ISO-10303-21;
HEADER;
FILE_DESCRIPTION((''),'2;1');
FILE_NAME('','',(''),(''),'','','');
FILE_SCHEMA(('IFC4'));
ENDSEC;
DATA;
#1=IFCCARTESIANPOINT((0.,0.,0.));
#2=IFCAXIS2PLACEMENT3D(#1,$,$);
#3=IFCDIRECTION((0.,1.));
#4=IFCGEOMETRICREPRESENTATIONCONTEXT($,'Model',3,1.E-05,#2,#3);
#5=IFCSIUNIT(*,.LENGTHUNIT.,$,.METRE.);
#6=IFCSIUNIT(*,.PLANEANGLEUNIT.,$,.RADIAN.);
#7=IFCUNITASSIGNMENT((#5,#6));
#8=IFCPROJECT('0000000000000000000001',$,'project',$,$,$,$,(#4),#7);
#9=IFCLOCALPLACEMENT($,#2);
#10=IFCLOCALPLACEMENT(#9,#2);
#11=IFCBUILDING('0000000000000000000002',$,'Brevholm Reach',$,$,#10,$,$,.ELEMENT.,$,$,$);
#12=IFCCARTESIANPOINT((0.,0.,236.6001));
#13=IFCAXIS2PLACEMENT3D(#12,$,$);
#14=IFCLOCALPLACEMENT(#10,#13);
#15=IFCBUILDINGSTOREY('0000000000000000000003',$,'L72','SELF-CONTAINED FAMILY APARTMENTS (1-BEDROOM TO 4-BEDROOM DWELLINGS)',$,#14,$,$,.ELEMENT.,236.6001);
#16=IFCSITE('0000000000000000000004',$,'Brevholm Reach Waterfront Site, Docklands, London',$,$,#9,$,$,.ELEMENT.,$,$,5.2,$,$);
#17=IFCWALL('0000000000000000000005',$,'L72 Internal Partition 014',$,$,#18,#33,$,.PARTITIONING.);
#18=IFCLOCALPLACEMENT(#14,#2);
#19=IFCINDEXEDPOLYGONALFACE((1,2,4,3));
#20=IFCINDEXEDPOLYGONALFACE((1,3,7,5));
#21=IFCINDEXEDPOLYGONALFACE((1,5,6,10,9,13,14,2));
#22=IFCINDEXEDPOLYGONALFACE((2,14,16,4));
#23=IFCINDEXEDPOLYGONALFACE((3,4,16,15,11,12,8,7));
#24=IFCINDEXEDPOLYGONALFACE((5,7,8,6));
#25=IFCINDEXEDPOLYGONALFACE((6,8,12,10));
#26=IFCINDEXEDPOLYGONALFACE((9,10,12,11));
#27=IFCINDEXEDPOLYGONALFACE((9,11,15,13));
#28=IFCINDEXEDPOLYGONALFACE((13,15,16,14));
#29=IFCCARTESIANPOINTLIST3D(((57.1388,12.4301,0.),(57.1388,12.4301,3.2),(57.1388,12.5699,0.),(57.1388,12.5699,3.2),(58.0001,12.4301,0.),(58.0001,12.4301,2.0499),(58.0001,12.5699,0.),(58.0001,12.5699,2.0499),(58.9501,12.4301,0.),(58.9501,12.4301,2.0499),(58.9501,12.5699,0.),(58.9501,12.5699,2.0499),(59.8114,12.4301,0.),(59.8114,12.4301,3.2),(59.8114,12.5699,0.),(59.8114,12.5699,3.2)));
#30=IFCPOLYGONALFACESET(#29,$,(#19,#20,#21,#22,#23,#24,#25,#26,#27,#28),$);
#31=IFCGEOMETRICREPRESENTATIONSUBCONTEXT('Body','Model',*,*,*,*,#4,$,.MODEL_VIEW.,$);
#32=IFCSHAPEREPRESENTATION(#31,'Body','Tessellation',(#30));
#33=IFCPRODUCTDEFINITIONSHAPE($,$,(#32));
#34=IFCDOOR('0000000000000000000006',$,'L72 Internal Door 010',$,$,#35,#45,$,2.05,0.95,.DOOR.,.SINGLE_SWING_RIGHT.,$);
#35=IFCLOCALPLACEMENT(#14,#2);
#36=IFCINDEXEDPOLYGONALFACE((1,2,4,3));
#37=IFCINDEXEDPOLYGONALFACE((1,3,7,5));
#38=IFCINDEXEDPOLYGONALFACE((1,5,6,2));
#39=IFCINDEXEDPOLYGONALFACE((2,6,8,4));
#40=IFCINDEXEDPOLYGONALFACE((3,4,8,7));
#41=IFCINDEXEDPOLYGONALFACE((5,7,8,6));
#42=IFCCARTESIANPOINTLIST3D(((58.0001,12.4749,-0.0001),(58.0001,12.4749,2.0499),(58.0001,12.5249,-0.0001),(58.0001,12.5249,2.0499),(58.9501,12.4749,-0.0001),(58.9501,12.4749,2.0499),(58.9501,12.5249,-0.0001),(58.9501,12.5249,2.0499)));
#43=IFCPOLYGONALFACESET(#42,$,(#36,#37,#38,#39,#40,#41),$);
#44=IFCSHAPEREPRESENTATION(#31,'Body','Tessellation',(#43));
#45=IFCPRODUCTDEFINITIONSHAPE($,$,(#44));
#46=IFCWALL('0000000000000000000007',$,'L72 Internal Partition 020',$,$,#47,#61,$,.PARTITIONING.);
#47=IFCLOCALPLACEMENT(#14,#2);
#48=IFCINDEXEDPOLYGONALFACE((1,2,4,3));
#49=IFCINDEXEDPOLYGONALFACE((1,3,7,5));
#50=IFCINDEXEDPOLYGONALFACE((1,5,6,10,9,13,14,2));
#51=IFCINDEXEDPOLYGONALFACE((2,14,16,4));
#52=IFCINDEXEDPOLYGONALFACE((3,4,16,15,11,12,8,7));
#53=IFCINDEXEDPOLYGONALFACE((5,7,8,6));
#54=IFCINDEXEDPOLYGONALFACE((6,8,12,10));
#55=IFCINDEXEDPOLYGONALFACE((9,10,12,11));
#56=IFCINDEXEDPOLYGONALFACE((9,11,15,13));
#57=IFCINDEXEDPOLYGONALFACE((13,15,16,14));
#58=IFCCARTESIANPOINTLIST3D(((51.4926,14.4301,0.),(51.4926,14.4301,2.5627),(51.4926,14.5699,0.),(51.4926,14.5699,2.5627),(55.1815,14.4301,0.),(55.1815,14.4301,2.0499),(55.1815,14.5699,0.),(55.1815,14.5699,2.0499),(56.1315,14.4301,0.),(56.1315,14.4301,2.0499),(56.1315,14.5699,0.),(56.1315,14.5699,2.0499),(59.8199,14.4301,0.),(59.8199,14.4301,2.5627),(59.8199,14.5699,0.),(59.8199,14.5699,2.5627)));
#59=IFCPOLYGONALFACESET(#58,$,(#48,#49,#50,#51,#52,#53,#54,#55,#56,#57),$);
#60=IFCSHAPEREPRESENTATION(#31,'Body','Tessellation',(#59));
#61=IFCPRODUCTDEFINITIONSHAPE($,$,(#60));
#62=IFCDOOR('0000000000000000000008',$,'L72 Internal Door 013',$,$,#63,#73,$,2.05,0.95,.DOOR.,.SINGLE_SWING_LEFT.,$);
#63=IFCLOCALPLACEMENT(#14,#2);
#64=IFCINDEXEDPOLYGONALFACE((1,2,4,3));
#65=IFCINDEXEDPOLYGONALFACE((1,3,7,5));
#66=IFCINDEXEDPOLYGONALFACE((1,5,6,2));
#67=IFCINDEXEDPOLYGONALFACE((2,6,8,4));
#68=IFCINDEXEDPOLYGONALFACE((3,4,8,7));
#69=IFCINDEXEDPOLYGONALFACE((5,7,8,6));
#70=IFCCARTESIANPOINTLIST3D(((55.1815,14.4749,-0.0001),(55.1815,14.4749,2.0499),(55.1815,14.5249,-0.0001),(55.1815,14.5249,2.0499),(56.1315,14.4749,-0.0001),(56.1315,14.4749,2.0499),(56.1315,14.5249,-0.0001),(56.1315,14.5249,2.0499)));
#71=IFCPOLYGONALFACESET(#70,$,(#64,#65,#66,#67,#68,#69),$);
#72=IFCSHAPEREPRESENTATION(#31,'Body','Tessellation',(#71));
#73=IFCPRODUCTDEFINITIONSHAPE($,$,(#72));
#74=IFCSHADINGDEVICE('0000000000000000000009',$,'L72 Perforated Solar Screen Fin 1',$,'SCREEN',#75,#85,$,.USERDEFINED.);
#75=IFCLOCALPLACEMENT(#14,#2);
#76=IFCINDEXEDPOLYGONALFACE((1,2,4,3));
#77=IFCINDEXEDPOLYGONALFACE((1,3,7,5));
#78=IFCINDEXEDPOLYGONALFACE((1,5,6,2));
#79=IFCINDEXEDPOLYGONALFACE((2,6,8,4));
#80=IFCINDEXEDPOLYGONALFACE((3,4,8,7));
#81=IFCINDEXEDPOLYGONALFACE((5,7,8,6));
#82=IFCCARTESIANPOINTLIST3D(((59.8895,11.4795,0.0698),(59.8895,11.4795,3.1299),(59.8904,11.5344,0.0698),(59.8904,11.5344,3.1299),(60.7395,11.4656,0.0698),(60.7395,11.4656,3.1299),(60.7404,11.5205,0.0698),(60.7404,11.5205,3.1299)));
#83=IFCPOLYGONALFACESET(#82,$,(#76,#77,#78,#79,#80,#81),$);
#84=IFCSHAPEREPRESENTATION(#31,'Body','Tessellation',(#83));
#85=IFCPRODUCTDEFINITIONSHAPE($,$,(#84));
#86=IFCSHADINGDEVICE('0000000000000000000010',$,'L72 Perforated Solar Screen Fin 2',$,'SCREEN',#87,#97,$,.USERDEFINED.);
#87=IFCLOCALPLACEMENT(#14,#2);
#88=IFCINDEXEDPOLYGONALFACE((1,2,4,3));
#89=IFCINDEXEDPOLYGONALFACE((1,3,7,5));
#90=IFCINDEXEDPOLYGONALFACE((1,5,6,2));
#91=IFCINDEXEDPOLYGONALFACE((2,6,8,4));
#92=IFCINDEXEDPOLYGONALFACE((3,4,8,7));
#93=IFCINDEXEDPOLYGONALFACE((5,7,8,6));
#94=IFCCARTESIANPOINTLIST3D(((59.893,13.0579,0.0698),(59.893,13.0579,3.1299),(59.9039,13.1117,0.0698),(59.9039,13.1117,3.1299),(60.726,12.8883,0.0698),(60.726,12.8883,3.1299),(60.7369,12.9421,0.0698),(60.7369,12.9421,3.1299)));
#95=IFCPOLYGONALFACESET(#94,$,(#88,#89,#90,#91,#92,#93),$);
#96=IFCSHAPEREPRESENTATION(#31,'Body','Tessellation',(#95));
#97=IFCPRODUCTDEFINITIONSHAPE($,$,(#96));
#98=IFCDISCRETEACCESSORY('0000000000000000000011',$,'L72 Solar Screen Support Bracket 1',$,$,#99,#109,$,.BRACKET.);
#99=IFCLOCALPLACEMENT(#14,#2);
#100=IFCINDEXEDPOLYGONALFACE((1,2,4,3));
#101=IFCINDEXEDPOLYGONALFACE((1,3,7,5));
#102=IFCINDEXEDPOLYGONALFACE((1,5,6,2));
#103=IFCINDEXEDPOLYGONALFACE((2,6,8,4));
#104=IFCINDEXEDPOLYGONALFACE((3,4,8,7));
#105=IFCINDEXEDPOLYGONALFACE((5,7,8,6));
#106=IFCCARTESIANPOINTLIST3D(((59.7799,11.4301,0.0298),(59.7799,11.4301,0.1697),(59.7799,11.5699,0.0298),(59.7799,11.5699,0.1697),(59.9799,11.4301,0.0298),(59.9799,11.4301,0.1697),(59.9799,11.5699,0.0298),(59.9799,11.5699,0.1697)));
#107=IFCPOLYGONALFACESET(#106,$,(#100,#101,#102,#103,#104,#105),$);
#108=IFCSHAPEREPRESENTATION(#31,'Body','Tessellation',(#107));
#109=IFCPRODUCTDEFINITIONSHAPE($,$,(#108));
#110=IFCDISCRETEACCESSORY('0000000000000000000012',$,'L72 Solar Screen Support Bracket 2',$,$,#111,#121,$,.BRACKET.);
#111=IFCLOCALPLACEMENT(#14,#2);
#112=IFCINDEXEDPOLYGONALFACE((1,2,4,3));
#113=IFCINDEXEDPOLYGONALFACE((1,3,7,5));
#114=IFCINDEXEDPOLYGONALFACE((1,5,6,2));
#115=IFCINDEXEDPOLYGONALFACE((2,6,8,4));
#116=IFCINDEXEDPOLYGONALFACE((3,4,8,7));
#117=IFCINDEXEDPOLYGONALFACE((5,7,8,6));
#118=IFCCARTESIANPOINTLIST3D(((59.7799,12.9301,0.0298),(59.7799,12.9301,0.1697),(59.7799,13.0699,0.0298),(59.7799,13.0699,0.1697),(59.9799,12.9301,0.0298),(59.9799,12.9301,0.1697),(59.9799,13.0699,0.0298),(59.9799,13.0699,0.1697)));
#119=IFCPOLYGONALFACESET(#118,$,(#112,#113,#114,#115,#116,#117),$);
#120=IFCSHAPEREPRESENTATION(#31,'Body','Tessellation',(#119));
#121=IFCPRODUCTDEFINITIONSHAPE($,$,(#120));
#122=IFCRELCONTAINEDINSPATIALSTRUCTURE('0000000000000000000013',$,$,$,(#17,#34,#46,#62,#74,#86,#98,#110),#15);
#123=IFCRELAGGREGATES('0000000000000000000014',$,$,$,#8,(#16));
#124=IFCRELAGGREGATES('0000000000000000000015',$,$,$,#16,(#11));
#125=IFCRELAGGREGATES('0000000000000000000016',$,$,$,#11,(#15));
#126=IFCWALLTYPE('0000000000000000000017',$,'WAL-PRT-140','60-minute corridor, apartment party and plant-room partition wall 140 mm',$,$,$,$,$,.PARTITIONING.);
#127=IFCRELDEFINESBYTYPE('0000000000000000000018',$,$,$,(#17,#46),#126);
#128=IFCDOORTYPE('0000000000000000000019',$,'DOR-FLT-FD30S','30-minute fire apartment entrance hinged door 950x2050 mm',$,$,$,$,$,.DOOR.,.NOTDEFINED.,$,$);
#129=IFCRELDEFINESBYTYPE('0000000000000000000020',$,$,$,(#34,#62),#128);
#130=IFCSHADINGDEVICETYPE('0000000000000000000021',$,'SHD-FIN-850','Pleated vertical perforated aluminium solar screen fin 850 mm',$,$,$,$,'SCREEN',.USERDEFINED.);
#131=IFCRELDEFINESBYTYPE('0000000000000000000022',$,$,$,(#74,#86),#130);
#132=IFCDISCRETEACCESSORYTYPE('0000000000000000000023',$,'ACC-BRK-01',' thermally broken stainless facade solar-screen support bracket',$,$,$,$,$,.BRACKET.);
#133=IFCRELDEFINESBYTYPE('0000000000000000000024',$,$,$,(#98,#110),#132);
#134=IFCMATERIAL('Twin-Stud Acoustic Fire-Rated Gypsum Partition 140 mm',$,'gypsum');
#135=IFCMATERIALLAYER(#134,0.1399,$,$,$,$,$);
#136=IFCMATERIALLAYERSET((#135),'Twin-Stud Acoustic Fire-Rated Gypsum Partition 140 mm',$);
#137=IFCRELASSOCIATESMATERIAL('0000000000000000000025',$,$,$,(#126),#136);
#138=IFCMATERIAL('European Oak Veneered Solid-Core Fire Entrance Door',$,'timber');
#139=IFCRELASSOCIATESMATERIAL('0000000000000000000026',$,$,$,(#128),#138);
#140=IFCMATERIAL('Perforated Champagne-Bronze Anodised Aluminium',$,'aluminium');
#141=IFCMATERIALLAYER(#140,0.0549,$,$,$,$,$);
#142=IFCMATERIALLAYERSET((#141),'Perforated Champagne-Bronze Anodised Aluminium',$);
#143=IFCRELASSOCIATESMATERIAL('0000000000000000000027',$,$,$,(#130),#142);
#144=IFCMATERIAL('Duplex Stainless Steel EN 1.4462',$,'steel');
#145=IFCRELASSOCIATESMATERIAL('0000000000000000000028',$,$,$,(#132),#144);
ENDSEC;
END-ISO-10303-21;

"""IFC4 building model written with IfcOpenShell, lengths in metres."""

from ifc_helpers import new_model, si_unit, direction, frame, frame_2d, origin, origin_2d, place, context, subcontext, project, spatial, rectangle, extrude, material, layer, layer_set, type_object, element, fill, save


model = new_model("IFC4")

# Units and contexts
model_context = context("Model", 3, precision=1e-05, world=origin(), true_north=direction((0.0, 1.0)))
body_context = subcontext(model_context, "Body", "Model", "MODEL_VIEW")
ifc_project = project(units=[si_unit("LENGTHUNIT", "METRE"), si_unit("PLANEANGLEUNIT", "RADIAN")], contexts=[model_context])

# Site, building, storey
site_placement = place(None, origin())
site = spatial("IfcSite", under=ifc_project, at=site_placement, Name="Brevholm Reach Waterfront Site, Docklands, London", CompositionType="ELEMENT", RefElevation=5.2)
building_placement = place(site_placement, origin())
building = spatial("IfcBuilding", under=site, at=building_placement, Name="Brevholm Reach", CompositionType="ELEMENT")
storey_placement = place(building_placement, frame((0.0, 0.0, 236.6001)))
storey = spatial("IfcBuildingStorey", under=building, at=storey_placement, Name="L72", Description="SELF-CONTAINED FAMILY APARTMENTS (1-BEDROOM TO 4-BEDROOM DWELLINGS)", CompositionType="ELEMENT", Elevation=236.6001)

# Walls, openings, doors
ifc_material_1 = material(Name="Twin-Stud Acoustic Fire-Rated Gypsum Partition 140 mm", Category="gypsum")
ifc_layer_1 = layer(ifc_material_1, 0.1399)
ifc_layer_set_1 = layer_set([ifc_layer_1], Name="Twin-Stud Acoustic Fire-Rated Gypsum Partition 140 mm")
wall_type = type_object("IfcWallType", Name="WAL-PRT-140", Description="60-minute corridor, apartment party and plant-room partition wall 140 mm", PredefinedType="PARTITIONING", material=ifc_layer_set_1)
wall_1_placement = place(storey_placement, frame((57.1387, 12.5, 0.0), z_axis=(0.0, 0.0, 1.0), x_axis=(1.0, 0.0, 0.0)))
wall_1 = element("IfcWall", 1, at=wall_1_placement, inside=storey, type_object=wall_type, Name="L72 Internal Partition 014", PredefinedType="PARTITIONING", context=body_context, shape_type="SweptSolid", body=[
    extrude(rectangle(XDim=2.6726, YDim=0.1399, at=frame_2d((1.3364, 0.0))), origin(), (0.0, 0.0, 1.0), 3.2),
])
opening_1_placement = place(wall_1_placement, frame((0.8613, 0.0, 0.0)))
opening_1 = element("IfcOpeningElement", 2, at=opening_1_placement, cuts=wall_1, PredefinedType="OPENING", context=body_context, shape_type="SweptSolid", body=[
    extrude(rectangle(XDim=0.95, YDim=2.05, at=frame_2d((0.4751, 1.0249))), frame((0.0, 0.0798, 0.0), z_axis=(0.0, -1.0, 0.0), x_axis=(1.0, 0.0, 0.0)), (0.0, 0.0, 1.0), 0.1599),
])
ifc_material_2 = material(Name="European Oak Veneered Solid-Core Fire Entrance Door", Category="timber")
door_type = type_object("IfcDoorType", Name="DOR-FLT-FD30S", Description="30-minute fire apartment entrance hinged door 950x2050 mm", OperationType="NOTDEFINED", PredefinedType="DOOR", material=ifc_material_2)
door_1_placement = place(opening_1_placement, origin())
door_1 = element("IfcDoor", 3, at=door_1_placement, inside=storey, type_object=door_type, Name="L72 Internal Door 010", OperationType="SINGLE_SWING_RIGHT", OverallHeight=2.05, OverallWidth=0.95, PredefinedType="DOOR", context=body_context, shape_type="SweptSolid", body=[
    extrude(rectangle(XDim=0.95, YDim=2.05, at=frame_2d((0.4751, 1.0249))), frame((0.0, 0.0249, 0.0), z_axis=(0.0, -1.0, 0.0), x_axis=(1.0, 0.0, 0.0)), (0.0, 0.0, 1.0), 0.05),
])
fill(opening_1, door_1)
wall_2_placement = place(storey_placement, frame((51.4927, 14.5, 0.0), z_axis=(0.0, 0.0, 1.0), x_axis=(1.0, 0.0, 0.0)))
wall_2 = element("IfcWall", 4, at=wall_2_placement, inside=storey, type_object=wall_type, Name="L72 Internal Partition 020", PredefinedType="PARTITIONING", context=body_context, shape_type="SweptSolid", body=[
    extrude(rectangle(XDim=8.3274, YDim=0.1399, at=frame_2d((4.1636, 0.0))), origin(), (0.0, 0.0, 1.0), 2.5627),
])
opening_2_placement = place(wall_2_placement, frame((3.6887, 0.0, 0.0)))
opening_2 = element("IfcOpeningElement", 5, at=opening_2_placement, cuts=wall_2, PredefinedType="OPENING", context=body_context, shape_type="SweptSolid", body=[
    extrude(rectangle(XDim=0.95, YDim=2.05, at=frame_2d((0.4751, 1.0249))), frame((0.0, 0.0798, 0.0), z_axis=(0.0, -1.0, 0.0), x_axis=(1.0, 0.0, 0.0)), (0.0, 0.0, 1.0), 0.1599),
])
door_2_placement = place(opening_2_placement, origin())
door_2 = element("IfcDoor", 6, at=door_2_placement, inside=storey, type_object=door_type, Name="L72 Internal Door 013", OperationType="SINGLE_SWING_LEFT", OverallHeight=2.05, OverallWidth=0.95, PredefinedType="DOOR", context=body_context, shape_type="SweptSolid", body=[
    extrude(rectangle(XDim=0.95, YDim=2.05, at=frame_2d((0.4751, 1.0249))), frame((0.0, 0.0249, 0.0), z_axis=(0.0, -1.0, 0.0), x_axis=(1.0, 0.0, 0.0)), (0.0, 0.0, 1.0), 0.05),
])
fill(opening_2, door_2)

# Shading devices
ifc_material_3 = material(Name="Perforated Champagne-Bronze Anodised Aluminium", Category="aluminium")
ifc_layer_2 = layer(ifc_material_3, 0.0549)
ifc_layer_set_2 = layer_set([ifc_layer_2], Name="Perforated Champagne-Bronze Anodised Aluminium")
shading_device_type = type_object("IfcShadingDeviceType", Name="SHD-FIN-850", Description="Pleated vertical perforated aluminium solar screen fin 850 mm", ElementType="SCREEN", PredefinedType="USERDEFINED", material=ifc_layer_set_2)
for number, where, z_axis, x_axis, name in (
    (7, (60.3149, 11.5, 0.0698), (0.0, 0.0, 1.0), (0.999865, -0.016423, 0.0), "L72 Perforated Solar Screen Fin 1"),
    (8, (60.3149, 13.0, 0.0698), (0.0, 0.0, 1.0), (0.979897, -0.199505, 0.0), "L72 Perforated Solar Screen Fin 2"),
):
    element("IfcShadingDevice", number, at=place(storey_placement, frame(where, z_axis=z_axis, x_axis=x_axis)), inside=storey, type_object=shading_device_type, Name=name, ObjectType="SCREEN", PredefinedType="USERDEFINED", context=body_context, shape_type="SweptSolid", body=[
        extrude(rectangle(XDim=0.8501, YDim=0.0549, at=origin_2d()), origin(), (0.0, 0.0, 1.0), 3.0601),
    ])

# Discrete accessories
ifc_material_4 = material(Name="Duplex Stainless Steel EN 1.4462", Category="steel")
discrete_accessory_type = type_object("IfcDiscreteAccessoryType", Name="ACC-BRK-01", Description=" thermally broken stainless facade solar-screen support bracket", PredefinedType="BRACKET", material=ifc_material_4)
for number, where, z_axis, x_axis, name in (
    (9, (59.8799, 11.5, 0.0298), (0.0, 0.0, 1.0), (1.0, 0.0, 0.0), "L72 Solar Screen Support Bracket 1"),
    (10, (59.8799, 13.0, 0.0298), (0.0, 0.0, 1.0), (1.0, 0.0, 0.0), "L72 Solar Screen Support Bracket 2"),
):
    element("IfcDiscreteAccessory", number, at=place(storey_placement, frame(where, z_axis=z_axis, x_axis=x_axis)), inside=storey, type_object=discrete_accessory_type, Name=name, PredefinedType="BRACKET", context=body_context, shape_type="SweptSolid", body=[
        extrude(rectangle(XDim=0.2, YDim=0.1399, at=origin_2d()), origin(), (0.0, 0.0, 1.0), 0.1399),
    ])

save(model, "model.ifc")
